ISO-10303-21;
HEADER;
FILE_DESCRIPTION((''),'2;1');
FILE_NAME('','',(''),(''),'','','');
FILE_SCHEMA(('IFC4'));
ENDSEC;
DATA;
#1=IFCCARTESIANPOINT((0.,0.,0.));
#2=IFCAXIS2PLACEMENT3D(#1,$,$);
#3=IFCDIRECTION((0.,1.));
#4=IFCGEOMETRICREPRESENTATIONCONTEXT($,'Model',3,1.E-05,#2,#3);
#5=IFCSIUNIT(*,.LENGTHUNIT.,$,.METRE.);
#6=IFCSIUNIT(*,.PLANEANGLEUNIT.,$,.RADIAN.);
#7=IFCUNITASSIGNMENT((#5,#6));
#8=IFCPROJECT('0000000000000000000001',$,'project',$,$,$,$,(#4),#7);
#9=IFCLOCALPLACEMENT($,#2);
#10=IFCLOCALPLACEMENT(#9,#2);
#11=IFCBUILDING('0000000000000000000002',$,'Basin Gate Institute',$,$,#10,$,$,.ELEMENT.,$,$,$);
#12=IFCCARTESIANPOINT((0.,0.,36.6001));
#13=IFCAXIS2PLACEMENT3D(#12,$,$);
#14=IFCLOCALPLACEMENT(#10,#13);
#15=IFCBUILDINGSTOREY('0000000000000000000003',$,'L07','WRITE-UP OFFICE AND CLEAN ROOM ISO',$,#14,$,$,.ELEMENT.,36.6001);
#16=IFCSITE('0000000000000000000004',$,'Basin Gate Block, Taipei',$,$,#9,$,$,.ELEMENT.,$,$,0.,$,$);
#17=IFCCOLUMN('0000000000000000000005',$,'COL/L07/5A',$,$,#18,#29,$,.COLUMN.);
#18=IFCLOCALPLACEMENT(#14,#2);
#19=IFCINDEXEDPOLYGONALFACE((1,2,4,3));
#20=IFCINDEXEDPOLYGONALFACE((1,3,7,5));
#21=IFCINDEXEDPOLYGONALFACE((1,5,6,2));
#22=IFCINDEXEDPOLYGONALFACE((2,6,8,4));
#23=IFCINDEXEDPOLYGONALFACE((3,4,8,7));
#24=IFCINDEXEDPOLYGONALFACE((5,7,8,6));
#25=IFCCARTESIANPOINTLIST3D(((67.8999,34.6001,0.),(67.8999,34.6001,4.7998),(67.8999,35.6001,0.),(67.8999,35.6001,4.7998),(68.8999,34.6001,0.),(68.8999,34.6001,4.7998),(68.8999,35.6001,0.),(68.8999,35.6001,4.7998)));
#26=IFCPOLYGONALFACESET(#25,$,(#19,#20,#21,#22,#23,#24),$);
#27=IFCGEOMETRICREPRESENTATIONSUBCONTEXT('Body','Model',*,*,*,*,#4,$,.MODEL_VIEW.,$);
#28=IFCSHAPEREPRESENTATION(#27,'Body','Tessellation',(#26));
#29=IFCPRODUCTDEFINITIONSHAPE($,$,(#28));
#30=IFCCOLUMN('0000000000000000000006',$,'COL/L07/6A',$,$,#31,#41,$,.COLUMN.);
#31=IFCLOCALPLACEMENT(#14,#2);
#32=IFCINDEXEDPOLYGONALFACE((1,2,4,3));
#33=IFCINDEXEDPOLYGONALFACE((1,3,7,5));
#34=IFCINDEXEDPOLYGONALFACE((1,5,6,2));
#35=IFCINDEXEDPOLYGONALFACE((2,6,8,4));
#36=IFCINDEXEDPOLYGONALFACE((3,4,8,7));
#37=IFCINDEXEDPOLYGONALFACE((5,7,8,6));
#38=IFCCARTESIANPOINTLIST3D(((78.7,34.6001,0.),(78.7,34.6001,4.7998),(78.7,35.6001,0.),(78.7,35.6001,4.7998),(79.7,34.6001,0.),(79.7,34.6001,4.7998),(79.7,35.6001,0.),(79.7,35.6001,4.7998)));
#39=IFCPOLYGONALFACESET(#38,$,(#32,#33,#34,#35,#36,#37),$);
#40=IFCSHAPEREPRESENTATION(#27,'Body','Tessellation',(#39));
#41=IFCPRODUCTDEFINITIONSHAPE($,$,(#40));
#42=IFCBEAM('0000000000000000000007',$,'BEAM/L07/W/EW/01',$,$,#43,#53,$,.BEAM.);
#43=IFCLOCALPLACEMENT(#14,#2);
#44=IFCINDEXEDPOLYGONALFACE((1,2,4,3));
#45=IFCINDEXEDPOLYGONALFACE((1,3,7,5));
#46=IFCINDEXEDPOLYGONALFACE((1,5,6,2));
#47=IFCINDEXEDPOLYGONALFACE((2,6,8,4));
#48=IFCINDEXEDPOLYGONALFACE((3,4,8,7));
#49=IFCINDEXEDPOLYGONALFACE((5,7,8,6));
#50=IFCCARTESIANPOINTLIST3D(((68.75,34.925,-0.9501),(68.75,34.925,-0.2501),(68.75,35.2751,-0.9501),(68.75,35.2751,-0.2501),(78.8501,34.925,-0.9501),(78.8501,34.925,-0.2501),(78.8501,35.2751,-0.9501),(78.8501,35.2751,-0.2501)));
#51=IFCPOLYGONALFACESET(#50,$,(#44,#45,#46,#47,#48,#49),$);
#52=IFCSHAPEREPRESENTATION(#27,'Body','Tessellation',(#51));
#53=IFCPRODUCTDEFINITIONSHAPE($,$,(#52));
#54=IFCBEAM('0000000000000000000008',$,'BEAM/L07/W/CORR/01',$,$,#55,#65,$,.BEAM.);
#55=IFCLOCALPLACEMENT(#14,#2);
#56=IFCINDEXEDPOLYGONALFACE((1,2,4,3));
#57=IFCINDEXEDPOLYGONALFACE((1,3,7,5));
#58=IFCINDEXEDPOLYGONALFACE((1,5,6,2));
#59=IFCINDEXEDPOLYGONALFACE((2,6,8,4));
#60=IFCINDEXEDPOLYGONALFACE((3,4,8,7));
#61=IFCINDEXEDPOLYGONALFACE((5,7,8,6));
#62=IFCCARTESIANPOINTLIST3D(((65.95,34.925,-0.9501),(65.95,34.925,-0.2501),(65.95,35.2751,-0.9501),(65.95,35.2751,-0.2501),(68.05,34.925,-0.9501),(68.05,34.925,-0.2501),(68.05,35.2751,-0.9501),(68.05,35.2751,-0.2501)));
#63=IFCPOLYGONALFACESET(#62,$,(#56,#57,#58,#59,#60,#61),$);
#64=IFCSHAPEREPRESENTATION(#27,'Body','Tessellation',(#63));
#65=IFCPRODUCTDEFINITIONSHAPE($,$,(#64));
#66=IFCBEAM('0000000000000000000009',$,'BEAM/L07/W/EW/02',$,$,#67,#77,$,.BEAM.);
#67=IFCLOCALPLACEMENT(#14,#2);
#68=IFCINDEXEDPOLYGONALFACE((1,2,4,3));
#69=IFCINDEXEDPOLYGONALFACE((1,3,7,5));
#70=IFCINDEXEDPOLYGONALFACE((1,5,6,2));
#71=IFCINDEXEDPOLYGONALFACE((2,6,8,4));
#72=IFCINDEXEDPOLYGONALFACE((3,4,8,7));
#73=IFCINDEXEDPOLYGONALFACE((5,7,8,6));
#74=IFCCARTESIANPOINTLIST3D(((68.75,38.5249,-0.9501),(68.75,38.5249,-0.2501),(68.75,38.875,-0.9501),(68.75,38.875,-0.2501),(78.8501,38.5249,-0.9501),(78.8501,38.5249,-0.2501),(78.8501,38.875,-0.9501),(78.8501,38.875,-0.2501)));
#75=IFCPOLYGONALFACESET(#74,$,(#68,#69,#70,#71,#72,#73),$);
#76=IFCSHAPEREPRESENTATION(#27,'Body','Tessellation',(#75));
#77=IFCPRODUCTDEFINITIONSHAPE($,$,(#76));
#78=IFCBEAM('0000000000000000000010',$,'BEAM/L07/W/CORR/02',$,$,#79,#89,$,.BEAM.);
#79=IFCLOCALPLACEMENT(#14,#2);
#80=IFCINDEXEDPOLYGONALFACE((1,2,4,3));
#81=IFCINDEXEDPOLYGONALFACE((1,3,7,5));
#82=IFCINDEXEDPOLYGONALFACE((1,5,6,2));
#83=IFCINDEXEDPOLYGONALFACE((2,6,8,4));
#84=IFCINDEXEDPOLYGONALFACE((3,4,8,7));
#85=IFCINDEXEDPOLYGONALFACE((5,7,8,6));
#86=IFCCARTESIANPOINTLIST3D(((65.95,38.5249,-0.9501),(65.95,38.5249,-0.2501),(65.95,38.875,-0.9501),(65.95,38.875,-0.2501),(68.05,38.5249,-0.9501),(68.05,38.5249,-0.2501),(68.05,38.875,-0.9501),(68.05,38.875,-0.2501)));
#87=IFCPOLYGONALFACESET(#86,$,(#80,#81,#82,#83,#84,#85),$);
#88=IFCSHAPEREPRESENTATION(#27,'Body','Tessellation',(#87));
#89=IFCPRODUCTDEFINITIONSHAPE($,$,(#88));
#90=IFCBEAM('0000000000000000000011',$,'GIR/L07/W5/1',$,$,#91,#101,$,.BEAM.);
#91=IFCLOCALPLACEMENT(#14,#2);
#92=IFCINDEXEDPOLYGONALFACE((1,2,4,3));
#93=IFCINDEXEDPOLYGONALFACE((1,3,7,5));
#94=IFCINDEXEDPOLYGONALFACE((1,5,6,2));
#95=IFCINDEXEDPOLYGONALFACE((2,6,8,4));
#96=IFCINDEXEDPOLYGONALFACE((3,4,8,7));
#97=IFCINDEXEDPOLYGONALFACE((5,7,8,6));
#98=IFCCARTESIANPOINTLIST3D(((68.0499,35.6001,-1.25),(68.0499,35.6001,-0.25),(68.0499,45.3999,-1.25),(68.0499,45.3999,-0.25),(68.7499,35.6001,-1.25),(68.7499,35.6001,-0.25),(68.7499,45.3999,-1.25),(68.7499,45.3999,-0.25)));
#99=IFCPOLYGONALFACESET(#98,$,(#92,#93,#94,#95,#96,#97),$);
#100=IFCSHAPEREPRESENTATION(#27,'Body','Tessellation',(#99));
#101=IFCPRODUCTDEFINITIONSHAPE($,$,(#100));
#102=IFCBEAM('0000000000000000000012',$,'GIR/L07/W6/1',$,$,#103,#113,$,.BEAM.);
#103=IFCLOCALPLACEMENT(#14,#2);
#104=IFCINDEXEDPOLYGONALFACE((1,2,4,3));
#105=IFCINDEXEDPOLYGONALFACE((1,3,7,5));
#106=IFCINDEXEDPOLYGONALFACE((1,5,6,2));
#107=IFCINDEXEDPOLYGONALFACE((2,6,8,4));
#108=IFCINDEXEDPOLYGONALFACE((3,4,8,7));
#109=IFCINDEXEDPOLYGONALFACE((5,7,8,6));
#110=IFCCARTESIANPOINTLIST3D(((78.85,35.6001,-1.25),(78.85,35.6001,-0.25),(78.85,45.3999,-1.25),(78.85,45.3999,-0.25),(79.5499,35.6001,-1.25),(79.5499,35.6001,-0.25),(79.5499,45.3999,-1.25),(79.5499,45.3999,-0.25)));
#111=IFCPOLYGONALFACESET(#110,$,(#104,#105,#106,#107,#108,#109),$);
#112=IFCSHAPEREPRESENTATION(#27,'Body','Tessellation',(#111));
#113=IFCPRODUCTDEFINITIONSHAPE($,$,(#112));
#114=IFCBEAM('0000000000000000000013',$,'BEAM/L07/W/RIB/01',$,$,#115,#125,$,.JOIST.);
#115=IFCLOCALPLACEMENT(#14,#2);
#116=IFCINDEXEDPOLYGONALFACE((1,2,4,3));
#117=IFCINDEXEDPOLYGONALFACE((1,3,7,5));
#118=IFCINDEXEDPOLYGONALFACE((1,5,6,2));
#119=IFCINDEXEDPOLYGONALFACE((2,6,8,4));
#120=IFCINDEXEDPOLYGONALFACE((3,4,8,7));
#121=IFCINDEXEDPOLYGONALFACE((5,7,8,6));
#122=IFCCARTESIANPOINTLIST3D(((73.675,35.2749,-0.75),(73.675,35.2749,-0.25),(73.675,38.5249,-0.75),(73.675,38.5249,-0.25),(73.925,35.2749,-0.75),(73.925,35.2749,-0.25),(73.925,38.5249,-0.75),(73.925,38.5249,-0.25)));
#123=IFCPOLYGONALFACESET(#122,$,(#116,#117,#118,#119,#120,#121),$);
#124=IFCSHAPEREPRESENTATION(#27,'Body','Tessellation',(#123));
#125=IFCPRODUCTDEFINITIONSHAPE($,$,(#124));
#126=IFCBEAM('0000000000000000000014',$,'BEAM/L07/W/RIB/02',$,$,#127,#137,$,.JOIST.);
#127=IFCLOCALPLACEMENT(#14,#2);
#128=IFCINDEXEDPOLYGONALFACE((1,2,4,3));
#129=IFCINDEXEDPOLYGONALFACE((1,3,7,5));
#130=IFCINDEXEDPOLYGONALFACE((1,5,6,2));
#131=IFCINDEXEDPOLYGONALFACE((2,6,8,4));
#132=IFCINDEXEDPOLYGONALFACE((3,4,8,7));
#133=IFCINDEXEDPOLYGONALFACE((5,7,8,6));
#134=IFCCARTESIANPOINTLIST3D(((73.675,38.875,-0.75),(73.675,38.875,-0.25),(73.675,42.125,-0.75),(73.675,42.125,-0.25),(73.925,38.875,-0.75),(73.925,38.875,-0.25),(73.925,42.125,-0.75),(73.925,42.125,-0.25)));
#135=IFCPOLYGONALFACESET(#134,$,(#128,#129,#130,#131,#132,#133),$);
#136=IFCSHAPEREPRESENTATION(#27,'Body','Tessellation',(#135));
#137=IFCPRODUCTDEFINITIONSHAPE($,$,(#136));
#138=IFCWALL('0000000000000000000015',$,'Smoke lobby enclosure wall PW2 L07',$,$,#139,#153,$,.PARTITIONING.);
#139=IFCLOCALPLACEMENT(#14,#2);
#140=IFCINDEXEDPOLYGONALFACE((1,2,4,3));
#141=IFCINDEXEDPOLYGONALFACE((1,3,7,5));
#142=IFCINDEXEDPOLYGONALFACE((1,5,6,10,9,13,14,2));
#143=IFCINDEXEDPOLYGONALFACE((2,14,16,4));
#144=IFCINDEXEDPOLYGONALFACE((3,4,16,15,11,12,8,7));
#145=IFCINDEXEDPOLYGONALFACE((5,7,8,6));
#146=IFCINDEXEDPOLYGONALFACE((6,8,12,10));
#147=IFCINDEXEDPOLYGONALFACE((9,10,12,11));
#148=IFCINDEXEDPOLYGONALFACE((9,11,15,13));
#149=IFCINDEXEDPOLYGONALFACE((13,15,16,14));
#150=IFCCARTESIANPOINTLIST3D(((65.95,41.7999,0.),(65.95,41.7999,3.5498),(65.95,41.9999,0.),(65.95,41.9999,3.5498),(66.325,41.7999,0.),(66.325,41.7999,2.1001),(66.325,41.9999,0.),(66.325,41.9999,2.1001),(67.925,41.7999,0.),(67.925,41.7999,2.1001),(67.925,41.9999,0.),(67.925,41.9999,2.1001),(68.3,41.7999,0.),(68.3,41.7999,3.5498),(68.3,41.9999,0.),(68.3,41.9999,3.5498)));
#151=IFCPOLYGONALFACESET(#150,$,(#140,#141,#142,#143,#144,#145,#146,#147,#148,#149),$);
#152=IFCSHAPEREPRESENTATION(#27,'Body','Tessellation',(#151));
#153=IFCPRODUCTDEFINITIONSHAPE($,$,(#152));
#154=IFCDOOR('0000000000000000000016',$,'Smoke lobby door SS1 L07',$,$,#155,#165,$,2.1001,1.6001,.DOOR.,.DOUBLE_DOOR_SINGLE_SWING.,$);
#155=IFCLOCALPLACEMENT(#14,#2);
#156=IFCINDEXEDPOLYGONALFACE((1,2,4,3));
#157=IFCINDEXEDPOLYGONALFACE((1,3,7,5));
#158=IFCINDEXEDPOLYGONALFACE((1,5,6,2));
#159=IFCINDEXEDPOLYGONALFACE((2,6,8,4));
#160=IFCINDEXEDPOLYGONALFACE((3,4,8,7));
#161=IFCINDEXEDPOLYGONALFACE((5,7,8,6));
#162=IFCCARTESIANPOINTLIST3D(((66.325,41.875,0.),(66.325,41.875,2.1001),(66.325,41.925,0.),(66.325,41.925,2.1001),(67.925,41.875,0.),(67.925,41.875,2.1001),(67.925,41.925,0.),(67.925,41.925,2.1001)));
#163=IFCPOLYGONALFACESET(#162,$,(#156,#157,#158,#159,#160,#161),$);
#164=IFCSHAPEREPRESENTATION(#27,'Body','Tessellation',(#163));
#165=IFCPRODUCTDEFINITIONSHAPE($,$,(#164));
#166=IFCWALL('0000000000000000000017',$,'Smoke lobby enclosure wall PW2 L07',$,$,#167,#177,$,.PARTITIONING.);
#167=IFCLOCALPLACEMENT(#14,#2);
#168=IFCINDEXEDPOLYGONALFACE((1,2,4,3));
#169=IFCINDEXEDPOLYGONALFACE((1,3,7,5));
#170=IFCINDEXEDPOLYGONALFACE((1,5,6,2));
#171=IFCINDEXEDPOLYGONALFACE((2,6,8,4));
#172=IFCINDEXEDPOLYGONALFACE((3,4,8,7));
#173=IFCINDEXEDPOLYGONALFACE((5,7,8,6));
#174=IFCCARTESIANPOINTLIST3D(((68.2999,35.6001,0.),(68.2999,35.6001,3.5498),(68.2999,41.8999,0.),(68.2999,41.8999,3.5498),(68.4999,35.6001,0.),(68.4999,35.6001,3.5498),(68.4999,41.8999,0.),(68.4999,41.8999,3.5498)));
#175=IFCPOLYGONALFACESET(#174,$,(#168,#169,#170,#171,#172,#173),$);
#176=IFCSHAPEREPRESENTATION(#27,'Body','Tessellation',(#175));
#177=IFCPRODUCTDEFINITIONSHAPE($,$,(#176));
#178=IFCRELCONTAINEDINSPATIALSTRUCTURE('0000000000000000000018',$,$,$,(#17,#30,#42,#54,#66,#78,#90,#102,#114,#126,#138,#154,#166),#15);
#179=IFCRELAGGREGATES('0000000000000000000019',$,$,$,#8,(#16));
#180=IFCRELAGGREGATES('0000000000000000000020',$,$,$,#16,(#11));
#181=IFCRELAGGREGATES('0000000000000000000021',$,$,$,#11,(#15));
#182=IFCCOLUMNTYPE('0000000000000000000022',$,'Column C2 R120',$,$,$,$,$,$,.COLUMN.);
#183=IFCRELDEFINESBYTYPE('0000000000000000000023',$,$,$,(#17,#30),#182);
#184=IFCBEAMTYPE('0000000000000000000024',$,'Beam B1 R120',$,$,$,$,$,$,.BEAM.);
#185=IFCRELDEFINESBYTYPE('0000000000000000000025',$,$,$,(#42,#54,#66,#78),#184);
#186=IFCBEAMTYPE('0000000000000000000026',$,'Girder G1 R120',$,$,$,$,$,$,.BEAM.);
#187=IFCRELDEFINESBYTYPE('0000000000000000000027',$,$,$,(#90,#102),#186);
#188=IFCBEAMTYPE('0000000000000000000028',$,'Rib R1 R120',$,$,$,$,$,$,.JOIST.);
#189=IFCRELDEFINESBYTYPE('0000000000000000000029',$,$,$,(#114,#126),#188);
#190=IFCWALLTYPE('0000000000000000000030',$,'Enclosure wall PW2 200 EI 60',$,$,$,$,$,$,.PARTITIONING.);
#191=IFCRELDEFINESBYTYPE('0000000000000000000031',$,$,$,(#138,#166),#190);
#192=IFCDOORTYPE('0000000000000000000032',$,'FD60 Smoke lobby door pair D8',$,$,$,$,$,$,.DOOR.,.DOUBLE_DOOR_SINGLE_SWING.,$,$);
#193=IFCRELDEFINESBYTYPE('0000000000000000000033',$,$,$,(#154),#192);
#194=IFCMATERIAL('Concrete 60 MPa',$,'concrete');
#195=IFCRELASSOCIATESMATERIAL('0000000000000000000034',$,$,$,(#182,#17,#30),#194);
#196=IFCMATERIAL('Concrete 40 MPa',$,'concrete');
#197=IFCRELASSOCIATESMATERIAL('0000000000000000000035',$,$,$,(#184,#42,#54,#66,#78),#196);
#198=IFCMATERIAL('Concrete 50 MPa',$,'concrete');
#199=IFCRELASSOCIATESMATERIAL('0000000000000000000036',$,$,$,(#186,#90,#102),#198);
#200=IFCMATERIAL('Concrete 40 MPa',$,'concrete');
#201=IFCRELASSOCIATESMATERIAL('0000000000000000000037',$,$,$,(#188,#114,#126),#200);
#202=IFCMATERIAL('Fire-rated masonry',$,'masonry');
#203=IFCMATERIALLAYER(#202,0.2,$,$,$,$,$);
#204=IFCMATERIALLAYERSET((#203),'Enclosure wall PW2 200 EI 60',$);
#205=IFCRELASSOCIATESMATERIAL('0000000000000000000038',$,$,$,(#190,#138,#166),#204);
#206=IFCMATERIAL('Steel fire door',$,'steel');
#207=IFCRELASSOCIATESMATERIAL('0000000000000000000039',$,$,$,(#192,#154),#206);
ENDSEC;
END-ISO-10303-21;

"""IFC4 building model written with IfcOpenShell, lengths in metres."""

from ifc_helpers import new_model, si_unit, direction, frame, frame_2d, origin, origin_2d, place, context, subcontext, project, spatial, rectangle, extrude, material, layer, layer_set, material_profile, profile_set, type_object, element, fill, save


model = new_model("IFC4")

# Units and contexts
model_context = context("Model", 3, precision=1e-05, world=origin(), true_north=direction((0.0, 1.0)))
body_context = subcontext(model_context, "Body", "Model", "MODEL_VIEW")
ifc_project = project(units=[si_unit("LENGTHUNIT", "METRE"), si_unit("PLANEANGLEUNIT", "RADIAN")], contexts=[model_context])

# Site, building, storey
site_placement = place(None, origin())
site = spatial("IfcSite", under=ifc_project, at=site_placement, Name="Basin Gate Block, Taipei", CompositionType="ELEMENT", RefElevation=0.0)
building_placement = place(site_placement, origin())
building = spatial("IfcBuilding", under=site, at=building_placement, Name="Basin Gate Institute", CompositionType="ELEMENT")
storey_placement = place(building_placement, frame((0.0, 0.0, 36.6001)))
storey = spatial("IfcBuildingStorey", under=building, at=storey_placement, Name="L07", Description="WRITE-UP OFFICE AND CLEAN ROOM ISO", CompositionType="ELEMENT", Elevation=36.6001)

# Columns
ifc_material_1 = material(Name="Concrete 60 MPa", Category="concrete")
ifc_material_profile_1 = material_profile(ifc_material_1, rectangle(XDim=1.0, YDim=1.0, at=origin_2d()), Name="Column C2 1000 x 1000")
ifc_profile_set_1 = profile_set([ifc_material_profile_1], Name="Concrete 60 MPa")
column_type = type_object("IfcColumnType", Name="Column C2 R120", PredefinedType="COLUMN", material=ifc_profile_set_1)
for number, where, z_axis, x_axis, name in (
    (1, (68.3999, 35.1001, 0.0), (0.0, 0.0, 1.0), (1.0, 0.0, 0.0), "COL/L07/5A"),
    (2, (79.2, 35.1001, 0.0), (0.0, 0.0, 1.0), (1.0, 0.0, 0.0), "COL/L07/6A"),
):
    element("IfcColumn", number, at=place(storey_placement, frame(where, z_axis=z_axis, x_axis=x_axis)), inside=storey, type_object=column_type, material=ifc_profile_set_1, Name=name, PredefinedType="COLUMN", context=body_context, shape_type="SweptSolid", body=[
        extrude(rectangle(XDim=1.0, YDim=1.0, at=origin_2d()), origin(), (0.0, 0.0, 1.0), 4.7998),
    ])

# Beams
ifc_material_2 = material(Name="Concrete 40 MPa", Category="concrete")
ifc_material_profile_2 = material_profile(ifc_material_2, rectangle(XDim=0.3501, YDim=0.7, at=origin_2d()), Name="Beam B1 350 x 700")
ifc_profile_set_2 = profile_set([ifc_material_profile_2], Name="Concrete 40 MPa")
beam_type_1 = type_object("IfcBeamType", Name="Beam B1 R120", PredefinedType="BEAM", material=ifc_profile_set_2)
beam_1_placement = place(storey_placement, frame((68.75, 35.1001, -0.6001), z_axis=(1.0, 0.0, 0.0), x_axis=(0.0, 1.0, 0.0)))
element("IfcBeam", 3, at=beam_1_placement, inside=storey, type_object=beam_type_1, material=ifc_profile_set_2, Name="BEAM/L07/W/EW/01", PredefinedType="BEAM", context=body_context, shape_type="SweptSolid", body=[
    extrude(rectangle(XDim=0.3501, YDim=0.7, at=origin_2d()), origin(), (0.0, 0.0, 1.0), 10.1001),
])
beam_2_placement = place(storey_placement, frame((65.95, 35.1001, -0.6001), z_axis=(1.0, 0.0, 0.0), x_axis=(0.0, 1.0, 0.0)))
element("IfcBeam", 4, at=beam_2_placement, inside=storey, type_object=beam_type_1, material=ifc_profile_set_2, Name="BEAM/L07/W/CORR/01", PredefinedType="BEAM", context=body_context, shape_type="SweptSolid", body=[
    extrude(rectangle(XDim=0.3501, YDim=0.7, at=origin_2d()), origin(), (0.0, 0.0, 1.0), 2.1001),
])
beam_3_placement = place(storey_placement, frame((68.75, 38.7, -0.6001), z_axis=(1.0, 0.0, 0.0), x_axis=(0.0, 1.0, 0.0)))
element("IfcBeam", 5, at=beam_3_placement, inside=storey, type_object=beam_type_1, material=ifc_profile_set_2, Name="BEAM/L07/W/EW/02", PredefinedType="BEAM", context=body_context, shape_type="SweptSolid", body=[
    extrude(rectangle(XDim=0.3501, YDim=0.7, at=origin_2d()), origin(), (0.0, 0.0, 1.0), 10.1001),
])
beam_4_placement = place(storey_placement, frame((65.95, 38.7, -0.6001), z_axis=(1.0, 0.0, 0.0), x_axis=(0.0, 1.0, 0.0)))
element("IfcBeam", 6, at=beam_4_placement, inside=storey, type_object=beam_type_1, material=ifc_profile_set_2, Name="BEAM/L07/W/CORR/02", PredefinedType="BEAM", context=body_context, shape_type="SweptSolid", body=[
    extrude(rectangle(XDim=0.3501, YDim=0.7, at=origin_2d()), origin(), (0.0, 0.0, 1.0), 2.1001),
])
ifc_material_3 = material(Name="Concrete 50 MPa", Category="concrete")
ifc_material_profile_3 = material_profile(ifc_material_3, rectangle(XDim=0.7, YDim=1.0, at=origin_2d()), Name="Girder G1 700 x 1000")
ifc_profile_set_3 = profile_set([ifc_material_profile_3], Name="Concrete 50 MPa")
beam_type_2 = type_object("IfcBeamType", Name="Girder G1 R120", PredefinedType="BEAM", material=ifc_profile_set_3)
for number, where, z_axis, x_axis, name in (
    (7, (68.3999, 35.6001, -0.75), (0.0, 1.0, 0.0), (-1.0, 0.0, 0.0), "GIR/L07/W5/1"),
    (8, (79.2, 35.6001, -0.75), (0.0, 1.0, 0.0), (-1.0, 0.0, 0.0), "GIR/L07/W6/1"),
):
    element("IfcBeam", number, at=place(storey_placement, frame(where, z_axis=z_axis, x_axis=x_axis)), inside=storey, type_object=beam_type_2, material=ifc_profile_set_3, Name=name, PredefinedType="BEAM", context=body_context, shape_type="SweptSolid", body=[
        extrude(rectangle(XDim=0.7, YDim=1.0, at=origin_2d()), origin(), (0.0, 0.0, 1.0), 9.7998),
    ])
ifc_material_4 = material(Name="Concrete 40 MPa", Category="concrete")
ifc_material_profile_4 = material_profile(ifc_material_4, rectangle(XDim=0.25, YDim=0.5, at=origin_2d()), Name="Rib R1 250 x 500")
ifc_profile_set_4 = profile_set([ifc_material_profile_4], Name="Concrete 40 MPa")
beam_type_3 = type_object("IfcBeamType", Name="Rib R1 R120", PredefinedType="JOIST", material=ifc_profile_set_4)
for number, where, z_axis, x_axis, name in (
    (9, (73.8, 35.2749, -0.5), (0.0, 1.0, 0.0), (-1.0, 0.0, 0.0), "BEAM/L07/W/RIB/01"),
    (10, (73.8, 38.875, -0.5), (0.0, 1.0, 0.0), (-1.0, 0.0, 0.0), "BEAM/L07/W/RIB/02"),
):
    element("IfcBeam", number, at=place(storey_placement, frame(where, z_axis=z_axis, x_axis=x_axis)), inside=storey, type_object=beam_type_3, material=ifc_profile_set_4, Name=name, PredefinedType="JOIST", context=body_context, shape_type="SweptSolid", body=[
        extrude(rectangle(XDim=0.25, YDim=0.5, at=origin_2d()), origin(), (0.0, 0.0, 1.0), 3.25),
    ])

# Wall, opening, door
ifc_material_5 = material(Name="Fire-rated masonry", Category="masonry")
ifc_layer_1 = layer(ifc_material_5, 0.2)
ifc_layer_set_1 = layer_set([ifc_layer_1], Name="Enclosure wall PW2 200 EI 60")
wall_type_1 = type_object("IfcWallType", Name="Enclosure wall PW2 200 EI 60", PredefinedType="PARTITIONING", material=ifc_layer_set_1)
wall_1_placement = place(storey_placement, frame((65.95, 41.8999, 0.0), z_axis=(0.0, 0.0, 1.0), x_axis=(1.0, 0.0, 0.0)))
wall_1 = element("IfcWall", 11, at=wall_1_placement, inside=storey, type_object=wall_type_1, material=ifc_layer_set_1, Name="Smoke lobby enclosure wall PW2 L07", PredefinedType="PARTITIONING", context=body_context, shape_type="SweptSolid", body=[
    extrude(rectangle(XDim=2.3501, YDim=0.2, at=frame_2d((1.175, 0.0))), origin(), (0.0, 0.0, 1.0), 3.5498),
])
opening_1_placement = place(wall_1_placement, frame((0.375, 0.0, 0.0)))
opening_1 = element("IfcOpeningElement", 12, at=opening_1_placement, cuts=wall_1, PredefinedType="OPENING", context=body_context, shape_type="SweptSolid", body=[
    extrude(rectangle(XDim=1.6001, YDim=2.1001, at=frame_2d((0.8, 1.05))), frame((0.0, 0.1099, 0.0), z_axis=(0.0, -1.0, 0.0), x_axis=(1.0, 0.0, 0.0)), (0.0, 0.0, 1.0), 0.22),
])
ifc_material_6 = material(Name="Steel fire door", Category="steel")
door_type_1 = type_object("IfcDoorType", Name="FD60 Smoke lobby door pair D8", OperationType="DOUBLE_DOOR_SINGLE_SWING", PredefinedType="DOOR", material=ifc_material_6)
door_1_placement = place(opening_1_placement, frame((1.6001, 0.0, 0.0), z_axis=(0.0, 0.0, 1.0), x_axis=(-1.0, 0.0, 0.0)))
door_1 = element("IfcDoor", 13, at=door_1_placement, inside=storey, type_object=door_type_1, material=ifc_material_6, Name="Smoke lobby door SS1 L07", OperationType="DOUBLE_DOOR_SINGLE_SWING", OverallHeight=2.1001, OverallWidth=1.6001, PredefinedType="DOOR", context=body_context, shape_type="SweptSolid", body=[
    extrude(rectangle(XDim=1.6001, YDim=2.1001, at=frame_2d((0.8, 1.05))), frame((0.0, 0.0249, 0.0), z_axis=(0.0, -1.0, 0.0), x_axis=(1.0, 0.0, 0.0)), (0.0, 0.0, 1.0), 0.05),
])
fill(opening_1, door_1)

# Wall
wall_2_placement = place(storey_placement, frame((68.3999, 35.6001, 0.0), z_axis=(0.0, 0.0, 1.0), x_axis=(0.0, 1.0, 0.0)))
element("IfcWall", 14, at=wall_2_placement, inside=storey, type_object=wall_type_1, material=ifc_layer_set_1, Name="Smoke lobby enclosure wall PW2 L07", PredefinedType="PARTITIONING", context=body_context, shape_type="SweptSolid", body=[
    extrude(rectangle(XDim=6.2998, YDim=0.2, at=frame_2d((3.1499, 0.0))), origin(), (0.0, 0.0, 1.0), 3.5498),
])

save(model, "model.ifc")
